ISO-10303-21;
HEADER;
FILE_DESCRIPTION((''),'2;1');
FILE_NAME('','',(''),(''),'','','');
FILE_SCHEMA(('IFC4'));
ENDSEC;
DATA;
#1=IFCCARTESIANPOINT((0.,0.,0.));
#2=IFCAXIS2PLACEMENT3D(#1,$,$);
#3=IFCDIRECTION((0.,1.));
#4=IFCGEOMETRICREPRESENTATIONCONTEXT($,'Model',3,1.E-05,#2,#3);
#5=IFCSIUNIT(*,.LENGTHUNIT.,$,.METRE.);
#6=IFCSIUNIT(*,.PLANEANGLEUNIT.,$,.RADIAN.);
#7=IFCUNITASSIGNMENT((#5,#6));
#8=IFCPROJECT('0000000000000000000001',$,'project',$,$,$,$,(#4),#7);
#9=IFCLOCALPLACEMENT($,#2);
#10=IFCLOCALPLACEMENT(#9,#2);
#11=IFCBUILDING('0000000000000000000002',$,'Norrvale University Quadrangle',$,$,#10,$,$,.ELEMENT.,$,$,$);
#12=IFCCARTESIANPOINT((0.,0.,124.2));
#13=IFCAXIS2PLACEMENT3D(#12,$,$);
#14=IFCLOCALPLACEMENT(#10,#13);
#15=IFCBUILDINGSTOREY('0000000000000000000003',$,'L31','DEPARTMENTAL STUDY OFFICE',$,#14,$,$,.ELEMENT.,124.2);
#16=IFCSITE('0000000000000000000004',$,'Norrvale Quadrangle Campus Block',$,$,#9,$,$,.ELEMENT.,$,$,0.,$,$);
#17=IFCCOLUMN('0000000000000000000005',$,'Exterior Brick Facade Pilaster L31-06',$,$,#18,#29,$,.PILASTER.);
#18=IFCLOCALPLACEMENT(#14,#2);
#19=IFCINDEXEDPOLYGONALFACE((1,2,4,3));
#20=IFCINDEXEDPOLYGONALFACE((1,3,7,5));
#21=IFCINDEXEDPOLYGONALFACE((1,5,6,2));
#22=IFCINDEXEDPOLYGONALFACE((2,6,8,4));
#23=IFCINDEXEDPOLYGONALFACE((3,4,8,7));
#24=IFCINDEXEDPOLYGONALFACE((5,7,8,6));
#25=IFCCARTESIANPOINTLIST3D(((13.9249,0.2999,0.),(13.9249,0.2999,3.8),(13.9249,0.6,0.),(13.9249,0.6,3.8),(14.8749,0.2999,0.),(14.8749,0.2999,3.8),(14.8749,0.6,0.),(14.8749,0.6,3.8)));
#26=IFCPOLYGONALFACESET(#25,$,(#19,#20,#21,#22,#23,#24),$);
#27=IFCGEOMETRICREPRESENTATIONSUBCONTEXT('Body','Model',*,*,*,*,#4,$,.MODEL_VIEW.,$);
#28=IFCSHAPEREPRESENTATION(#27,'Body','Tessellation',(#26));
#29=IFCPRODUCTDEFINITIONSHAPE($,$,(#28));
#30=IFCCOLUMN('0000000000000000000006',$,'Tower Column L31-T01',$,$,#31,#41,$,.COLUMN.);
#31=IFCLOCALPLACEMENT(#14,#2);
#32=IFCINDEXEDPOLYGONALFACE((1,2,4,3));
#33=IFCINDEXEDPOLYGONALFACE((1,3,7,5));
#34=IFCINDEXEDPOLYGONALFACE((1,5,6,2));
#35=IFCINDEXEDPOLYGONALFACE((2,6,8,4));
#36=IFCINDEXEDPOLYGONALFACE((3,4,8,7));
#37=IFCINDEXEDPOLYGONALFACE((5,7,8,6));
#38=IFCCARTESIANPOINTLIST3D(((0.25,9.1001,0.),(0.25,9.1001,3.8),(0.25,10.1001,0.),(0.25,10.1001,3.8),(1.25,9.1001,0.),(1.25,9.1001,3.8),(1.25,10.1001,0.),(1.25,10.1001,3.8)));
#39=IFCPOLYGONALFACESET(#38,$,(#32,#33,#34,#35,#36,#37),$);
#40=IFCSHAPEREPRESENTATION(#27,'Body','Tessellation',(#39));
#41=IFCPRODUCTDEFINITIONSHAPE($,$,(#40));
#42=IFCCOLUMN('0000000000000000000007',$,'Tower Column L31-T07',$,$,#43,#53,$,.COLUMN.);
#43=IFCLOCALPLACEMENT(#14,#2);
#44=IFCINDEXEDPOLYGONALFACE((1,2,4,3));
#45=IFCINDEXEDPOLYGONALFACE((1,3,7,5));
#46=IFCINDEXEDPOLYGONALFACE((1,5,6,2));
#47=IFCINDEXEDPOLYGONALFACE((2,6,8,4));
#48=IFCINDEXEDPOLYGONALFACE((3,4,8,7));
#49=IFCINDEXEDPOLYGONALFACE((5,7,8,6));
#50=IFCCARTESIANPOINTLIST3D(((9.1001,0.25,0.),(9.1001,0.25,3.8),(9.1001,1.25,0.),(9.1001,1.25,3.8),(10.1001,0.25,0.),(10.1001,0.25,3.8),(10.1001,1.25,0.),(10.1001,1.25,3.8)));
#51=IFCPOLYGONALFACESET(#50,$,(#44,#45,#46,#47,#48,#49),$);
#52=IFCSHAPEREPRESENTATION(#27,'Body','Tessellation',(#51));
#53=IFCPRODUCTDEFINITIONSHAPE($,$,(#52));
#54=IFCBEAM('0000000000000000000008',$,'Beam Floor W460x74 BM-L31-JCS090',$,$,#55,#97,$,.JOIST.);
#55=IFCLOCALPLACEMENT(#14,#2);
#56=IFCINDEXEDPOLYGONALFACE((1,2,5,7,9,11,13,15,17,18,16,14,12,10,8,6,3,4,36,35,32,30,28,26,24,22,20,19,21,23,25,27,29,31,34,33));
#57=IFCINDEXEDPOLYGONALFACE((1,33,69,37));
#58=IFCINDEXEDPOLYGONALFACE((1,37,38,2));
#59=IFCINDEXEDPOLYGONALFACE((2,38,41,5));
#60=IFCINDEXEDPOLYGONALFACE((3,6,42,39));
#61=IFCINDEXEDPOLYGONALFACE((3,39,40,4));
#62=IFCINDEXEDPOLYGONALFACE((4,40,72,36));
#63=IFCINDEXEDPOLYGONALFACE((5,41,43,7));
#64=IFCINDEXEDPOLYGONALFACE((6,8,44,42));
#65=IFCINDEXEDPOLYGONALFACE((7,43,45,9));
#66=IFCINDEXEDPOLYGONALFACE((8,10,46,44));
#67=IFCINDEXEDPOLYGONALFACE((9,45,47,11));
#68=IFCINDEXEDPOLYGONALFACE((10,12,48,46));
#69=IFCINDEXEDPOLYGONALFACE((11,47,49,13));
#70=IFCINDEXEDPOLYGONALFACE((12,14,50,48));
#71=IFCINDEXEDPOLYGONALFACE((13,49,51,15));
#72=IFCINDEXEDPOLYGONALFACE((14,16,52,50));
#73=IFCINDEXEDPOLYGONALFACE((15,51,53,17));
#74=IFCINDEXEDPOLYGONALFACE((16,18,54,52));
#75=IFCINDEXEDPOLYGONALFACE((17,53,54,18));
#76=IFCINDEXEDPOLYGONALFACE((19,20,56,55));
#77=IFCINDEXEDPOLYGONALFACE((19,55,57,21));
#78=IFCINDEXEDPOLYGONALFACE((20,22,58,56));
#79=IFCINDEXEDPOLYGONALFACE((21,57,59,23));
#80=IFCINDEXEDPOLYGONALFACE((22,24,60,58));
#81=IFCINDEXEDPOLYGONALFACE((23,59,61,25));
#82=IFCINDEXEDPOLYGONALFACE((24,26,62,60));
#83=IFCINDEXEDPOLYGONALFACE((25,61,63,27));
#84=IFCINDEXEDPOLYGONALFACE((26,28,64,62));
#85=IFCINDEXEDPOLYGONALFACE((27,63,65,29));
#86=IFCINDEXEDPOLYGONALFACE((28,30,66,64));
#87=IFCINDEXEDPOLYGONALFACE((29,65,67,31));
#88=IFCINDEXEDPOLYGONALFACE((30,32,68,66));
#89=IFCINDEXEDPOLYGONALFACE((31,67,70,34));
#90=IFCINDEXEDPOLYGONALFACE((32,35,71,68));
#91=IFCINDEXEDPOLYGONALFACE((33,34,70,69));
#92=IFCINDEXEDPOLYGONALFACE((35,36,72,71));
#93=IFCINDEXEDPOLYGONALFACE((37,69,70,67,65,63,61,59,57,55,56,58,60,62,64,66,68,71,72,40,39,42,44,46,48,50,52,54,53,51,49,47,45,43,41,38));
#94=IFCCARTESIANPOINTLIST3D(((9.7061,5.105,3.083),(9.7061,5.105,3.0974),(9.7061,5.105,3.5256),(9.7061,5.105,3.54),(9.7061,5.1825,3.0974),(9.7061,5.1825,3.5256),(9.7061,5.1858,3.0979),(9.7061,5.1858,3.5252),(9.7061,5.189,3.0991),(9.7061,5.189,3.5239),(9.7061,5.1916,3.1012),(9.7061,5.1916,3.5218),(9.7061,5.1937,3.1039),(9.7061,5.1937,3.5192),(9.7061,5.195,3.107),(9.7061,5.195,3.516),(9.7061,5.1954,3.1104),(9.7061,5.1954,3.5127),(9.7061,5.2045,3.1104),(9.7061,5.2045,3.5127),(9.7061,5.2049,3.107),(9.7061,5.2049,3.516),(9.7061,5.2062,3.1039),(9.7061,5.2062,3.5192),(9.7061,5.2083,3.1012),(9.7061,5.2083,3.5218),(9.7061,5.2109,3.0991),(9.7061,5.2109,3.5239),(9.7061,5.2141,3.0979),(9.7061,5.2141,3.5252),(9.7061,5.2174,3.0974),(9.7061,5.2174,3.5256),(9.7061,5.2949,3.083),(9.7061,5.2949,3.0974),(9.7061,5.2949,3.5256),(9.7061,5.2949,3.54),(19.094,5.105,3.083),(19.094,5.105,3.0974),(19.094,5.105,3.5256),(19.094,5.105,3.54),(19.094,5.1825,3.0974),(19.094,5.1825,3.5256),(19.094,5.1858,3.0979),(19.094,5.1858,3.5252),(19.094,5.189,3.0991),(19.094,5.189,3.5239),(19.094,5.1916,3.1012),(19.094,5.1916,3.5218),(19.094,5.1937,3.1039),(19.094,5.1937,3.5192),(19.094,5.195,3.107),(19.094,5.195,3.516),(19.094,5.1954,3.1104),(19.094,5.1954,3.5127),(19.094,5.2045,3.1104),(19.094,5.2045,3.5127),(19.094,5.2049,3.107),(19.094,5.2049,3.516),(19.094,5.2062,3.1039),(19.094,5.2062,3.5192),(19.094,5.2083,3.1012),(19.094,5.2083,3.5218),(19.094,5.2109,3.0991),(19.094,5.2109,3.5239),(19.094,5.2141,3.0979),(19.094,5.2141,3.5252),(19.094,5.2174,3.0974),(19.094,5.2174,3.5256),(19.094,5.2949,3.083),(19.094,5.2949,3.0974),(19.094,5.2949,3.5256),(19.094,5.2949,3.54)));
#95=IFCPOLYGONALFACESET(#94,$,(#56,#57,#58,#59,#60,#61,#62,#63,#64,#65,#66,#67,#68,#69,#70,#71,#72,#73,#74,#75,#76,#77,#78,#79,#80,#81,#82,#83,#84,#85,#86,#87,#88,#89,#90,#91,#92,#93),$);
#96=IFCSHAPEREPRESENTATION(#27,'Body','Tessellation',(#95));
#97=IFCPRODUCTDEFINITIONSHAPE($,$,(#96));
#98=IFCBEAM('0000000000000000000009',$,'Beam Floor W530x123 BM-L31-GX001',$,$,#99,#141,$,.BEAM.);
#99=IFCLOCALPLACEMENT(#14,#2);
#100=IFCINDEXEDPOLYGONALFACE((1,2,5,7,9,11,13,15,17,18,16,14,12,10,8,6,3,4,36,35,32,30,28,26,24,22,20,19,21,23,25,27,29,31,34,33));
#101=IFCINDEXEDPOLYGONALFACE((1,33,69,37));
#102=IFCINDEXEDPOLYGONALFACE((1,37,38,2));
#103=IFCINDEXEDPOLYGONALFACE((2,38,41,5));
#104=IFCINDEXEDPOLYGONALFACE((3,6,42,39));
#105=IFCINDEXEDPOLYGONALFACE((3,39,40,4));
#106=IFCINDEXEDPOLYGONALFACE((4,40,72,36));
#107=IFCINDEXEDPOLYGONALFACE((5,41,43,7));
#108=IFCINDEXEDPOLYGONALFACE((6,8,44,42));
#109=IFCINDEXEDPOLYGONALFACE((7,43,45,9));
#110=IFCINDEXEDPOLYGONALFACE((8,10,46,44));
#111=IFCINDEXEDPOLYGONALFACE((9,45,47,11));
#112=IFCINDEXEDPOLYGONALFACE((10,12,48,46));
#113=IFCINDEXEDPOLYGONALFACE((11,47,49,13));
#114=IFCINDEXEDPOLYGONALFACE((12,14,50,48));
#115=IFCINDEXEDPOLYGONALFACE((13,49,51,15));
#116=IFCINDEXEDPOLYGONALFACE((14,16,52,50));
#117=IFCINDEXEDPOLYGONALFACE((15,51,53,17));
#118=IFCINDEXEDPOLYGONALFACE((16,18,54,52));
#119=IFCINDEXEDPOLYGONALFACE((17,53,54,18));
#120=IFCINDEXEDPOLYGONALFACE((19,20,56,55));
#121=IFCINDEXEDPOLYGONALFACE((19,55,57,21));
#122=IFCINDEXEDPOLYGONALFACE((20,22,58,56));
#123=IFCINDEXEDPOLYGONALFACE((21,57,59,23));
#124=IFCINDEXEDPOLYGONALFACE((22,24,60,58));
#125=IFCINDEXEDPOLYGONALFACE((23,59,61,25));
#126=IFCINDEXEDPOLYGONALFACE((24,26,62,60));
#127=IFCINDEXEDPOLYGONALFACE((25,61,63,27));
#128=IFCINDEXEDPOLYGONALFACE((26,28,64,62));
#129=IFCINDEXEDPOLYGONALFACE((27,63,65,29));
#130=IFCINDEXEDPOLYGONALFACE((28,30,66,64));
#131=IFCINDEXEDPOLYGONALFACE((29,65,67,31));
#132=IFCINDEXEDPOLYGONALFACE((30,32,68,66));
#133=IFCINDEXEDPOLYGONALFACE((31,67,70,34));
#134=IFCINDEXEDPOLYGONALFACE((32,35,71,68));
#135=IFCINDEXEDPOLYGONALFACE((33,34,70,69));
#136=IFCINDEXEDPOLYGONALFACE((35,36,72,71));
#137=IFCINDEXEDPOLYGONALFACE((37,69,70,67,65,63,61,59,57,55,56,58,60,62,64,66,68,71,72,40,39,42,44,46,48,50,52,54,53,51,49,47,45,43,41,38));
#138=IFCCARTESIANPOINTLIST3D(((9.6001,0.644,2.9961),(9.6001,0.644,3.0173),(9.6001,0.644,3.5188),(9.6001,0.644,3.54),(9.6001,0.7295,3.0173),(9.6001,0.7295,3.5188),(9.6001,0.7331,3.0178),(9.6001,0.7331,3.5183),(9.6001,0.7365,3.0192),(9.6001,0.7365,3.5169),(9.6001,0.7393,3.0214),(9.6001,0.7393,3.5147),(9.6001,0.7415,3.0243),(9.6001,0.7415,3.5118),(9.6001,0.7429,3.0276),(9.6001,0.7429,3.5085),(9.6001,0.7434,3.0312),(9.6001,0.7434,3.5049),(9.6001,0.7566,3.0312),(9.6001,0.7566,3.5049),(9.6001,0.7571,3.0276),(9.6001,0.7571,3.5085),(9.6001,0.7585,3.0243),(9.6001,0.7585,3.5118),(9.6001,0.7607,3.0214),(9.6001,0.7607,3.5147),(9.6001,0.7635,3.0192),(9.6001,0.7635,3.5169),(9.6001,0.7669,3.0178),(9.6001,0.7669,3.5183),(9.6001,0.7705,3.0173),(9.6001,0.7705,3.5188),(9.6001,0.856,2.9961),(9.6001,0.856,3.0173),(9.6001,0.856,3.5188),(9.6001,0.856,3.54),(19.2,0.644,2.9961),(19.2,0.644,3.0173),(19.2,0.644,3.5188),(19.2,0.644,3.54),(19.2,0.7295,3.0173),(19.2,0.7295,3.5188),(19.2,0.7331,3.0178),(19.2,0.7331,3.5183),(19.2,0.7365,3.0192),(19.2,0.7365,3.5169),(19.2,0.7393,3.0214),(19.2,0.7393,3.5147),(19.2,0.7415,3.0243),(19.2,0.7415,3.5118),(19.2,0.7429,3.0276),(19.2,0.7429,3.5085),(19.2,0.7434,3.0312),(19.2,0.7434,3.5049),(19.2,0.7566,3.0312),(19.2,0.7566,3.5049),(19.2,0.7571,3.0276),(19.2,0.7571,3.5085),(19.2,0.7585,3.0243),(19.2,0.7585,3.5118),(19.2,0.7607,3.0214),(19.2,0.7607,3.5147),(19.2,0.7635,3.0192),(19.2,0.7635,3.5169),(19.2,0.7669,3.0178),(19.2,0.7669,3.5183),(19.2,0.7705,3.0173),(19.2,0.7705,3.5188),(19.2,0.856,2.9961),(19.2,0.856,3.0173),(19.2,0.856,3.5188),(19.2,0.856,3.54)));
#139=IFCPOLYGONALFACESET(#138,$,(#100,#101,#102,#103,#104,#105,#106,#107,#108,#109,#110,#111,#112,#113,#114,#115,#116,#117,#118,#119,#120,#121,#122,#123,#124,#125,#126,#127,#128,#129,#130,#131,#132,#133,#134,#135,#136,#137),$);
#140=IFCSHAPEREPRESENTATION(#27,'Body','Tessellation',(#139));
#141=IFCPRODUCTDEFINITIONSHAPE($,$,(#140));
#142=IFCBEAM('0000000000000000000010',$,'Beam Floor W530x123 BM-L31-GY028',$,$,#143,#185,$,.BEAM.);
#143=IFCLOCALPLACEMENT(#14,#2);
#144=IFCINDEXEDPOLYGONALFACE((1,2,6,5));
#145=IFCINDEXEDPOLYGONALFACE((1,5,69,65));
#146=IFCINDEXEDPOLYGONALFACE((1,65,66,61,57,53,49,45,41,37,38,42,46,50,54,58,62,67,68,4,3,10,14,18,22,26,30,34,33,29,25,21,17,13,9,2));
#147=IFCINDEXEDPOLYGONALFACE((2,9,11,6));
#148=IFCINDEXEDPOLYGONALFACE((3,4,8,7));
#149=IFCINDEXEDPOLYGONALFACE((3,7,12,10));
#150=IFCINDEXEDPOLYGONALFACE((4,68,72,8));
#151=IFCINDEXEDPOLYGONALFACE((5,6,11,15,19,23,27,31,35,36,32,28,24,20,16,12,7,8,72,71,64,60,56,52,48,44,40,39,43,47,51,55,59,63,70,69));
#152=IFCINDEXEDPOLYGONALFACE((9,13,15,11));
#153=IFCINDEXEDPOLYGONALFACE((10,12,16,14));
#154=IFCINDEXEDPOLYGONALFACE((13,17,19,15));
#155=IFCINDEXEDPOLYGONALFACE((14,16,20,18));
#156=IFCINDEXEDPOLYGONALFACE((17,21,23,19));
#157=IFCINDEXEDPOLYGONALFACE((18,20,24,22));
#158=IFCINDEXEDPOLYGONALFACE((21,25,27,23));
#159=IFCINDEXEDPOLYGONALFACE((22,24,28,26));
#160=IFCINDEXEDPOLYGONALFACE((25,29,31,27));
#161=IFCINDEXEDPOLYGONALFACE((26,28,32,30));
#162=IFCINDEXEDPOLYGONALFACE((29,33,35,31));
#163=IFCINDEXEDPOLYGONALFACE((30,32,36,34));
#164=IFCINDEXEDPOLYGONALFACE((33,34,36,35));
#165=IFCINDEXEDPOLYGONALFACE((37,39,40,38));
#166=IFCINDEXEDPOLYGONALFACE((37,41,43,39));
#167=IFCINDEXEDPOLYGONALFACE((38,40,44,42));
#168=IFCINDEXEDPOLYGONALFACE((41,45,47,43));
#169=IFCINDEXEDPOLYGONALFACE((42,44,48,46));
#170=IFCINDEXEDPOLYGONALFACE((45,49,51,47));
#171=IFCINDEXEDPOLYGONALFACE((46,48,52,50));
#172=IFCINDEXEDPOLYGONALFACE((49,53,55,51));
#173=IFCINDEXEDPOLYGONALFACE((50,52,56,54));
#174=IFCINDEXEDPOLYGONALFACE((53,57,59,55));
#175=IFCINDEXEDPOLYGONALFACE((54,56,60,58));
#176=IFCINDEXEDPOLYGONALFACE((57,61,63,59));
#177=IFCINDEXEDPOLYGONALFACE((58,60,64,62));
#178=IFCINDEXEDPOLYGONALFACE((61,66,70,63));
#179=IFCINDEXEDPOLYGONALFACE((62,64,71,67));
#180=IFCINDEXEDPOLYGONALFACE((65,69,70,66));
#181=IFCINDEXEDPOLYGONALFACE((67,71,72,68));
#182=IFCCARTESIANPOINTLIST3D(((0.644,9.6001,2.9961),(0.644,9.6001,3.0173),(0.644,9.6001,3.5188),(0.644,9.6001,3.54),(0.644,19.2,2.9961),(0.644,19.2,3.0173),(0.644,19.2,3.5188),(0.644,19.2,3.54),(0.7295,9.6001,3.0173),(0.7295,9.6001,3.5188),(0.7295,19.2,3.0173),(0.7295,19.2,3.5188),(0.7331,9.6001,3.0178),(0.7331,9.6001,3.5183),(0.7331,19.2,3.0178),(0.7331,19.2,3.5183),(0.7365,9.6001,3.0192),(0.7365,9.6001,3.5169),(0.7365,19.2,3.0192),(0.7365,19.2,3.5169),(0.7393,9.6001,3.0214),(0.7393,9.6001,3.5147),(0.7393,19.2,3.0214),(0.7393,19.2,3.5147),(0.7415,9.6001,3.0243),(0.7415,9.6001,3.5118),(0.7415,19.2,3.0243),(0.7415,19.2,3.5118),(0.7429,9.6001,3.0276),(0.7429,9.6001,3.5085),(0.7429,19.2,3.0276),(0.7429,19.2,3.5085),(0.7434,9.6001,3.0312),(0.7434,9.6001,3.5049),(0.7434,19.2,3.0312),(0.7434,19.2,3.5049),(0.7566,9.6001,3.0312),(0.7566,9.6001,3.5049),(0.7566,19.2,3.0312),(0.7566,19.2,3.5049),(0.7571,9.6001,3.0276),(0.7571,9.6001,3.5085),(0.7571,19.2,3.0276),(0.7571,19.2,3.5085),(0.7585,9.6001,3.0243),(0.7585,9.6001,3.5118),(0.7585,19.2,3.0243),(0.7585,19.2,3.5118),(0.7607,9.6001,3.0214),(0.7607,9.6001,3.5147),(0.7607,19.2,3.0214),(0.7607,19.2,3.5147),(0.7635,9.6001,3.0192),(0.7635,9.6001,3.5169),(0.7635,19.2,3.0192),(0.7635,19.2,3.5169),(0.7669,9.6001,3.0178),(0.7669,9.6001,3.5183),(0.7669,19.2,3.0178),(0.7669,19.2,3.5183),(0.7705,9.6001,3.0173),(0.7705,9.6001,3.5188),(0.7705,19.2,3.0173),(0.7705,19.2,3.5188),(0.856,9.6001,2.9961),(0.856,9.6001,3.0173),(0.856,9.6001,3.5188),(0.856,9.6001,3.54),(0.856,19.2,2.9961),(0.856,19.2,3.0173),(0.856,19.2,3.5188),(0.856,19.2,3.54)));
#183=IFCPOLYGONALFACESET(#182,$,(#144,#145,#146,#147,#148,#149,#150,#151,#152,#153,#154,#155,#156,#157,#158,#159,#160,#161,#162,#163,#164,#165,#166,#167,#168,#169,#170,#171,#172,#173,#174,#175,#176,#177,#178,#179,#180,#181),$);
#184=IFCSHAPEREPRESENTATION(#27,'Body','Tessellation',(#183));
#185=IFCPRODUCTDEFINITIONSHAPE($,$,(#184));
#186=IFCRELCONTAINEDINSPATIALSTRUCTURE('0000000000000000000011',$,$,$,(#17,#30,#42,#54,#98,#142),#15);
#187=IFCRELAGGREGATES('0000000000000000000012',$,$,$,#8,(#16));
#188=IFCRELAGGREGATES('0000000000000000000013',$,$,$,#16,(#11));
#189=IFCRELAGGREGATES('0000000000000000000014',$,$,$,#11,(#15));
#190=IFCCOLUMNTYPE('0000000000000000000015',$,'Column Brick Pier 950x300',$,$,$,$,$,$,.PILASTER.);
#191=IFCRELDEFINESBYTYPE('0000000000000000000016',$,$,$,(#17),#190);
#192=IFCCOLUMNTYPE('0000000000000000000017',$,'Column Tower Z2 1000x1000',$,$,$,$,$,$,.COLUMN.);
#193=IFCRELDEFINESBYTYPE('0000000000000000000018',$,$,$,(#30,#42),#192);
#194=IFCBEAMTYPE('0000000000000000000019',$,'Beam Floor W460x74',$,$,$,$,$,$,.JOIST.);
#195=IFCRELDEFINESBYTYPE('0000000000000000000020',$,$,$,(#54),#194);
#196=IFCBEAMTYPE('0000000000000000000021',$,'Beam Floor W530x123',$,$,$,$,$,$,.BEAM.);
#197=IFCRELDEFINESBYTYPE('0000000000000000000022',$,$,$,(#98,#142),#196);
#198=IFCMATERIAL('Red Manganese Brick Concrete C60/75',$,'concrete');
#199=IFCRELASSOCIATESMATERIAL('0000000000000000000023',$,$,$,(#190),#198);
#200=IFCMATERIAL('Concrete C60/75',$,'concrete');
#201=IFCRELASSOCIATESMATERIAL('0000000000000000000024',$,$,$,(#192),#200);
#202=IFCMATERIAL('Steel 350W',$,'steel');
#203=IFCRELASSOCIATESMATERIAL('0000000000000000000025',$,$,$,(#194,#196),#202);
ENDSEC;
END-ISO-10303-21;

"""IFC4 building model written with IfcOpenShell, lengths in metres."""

from ifc_helpers import new_model, si_unit, direction, frame, origin, origin_2d, place, context, subcontext, project, spatial, rectangle, i_section, extrude, material, material_profile, profile_set, type_object, element, save


model = new_model("IFC4")

# Units and contexts
model_context = context("Model", 3, precision=1e-05, world=origin(), true_north=direction((0.0, 1.0)))
body_context = subcontext(model_context, "Body", "Model", "MODEL_VIEW")
ifc_project = project(units=[si_unit("LENGTHUNIT", "METRE"), si_unit("PLANEANGLEUNIT", "RADIAN")], contexts=[model_context])

# Site, building, storey
site_placement = place(None, origin())
site = spatial("IfcSite", under=ifc_project, at=site_placement, Name="Norrvale Quadrangle Campus Block", CompositionType="ELEMENT", RefElevation=0.0)
building_placement = place(site_placement, origin())
building = spatial("IfcBuilding", under=site, at=building_placement, Name="Norrvale University Quadrangle", CompositionType="ELEMENT")
storey_placement = place(building_placement, frame((0.0, 0.0, 124.2)))
storey = spatial("IfcBuildingStorey", under=building, at=storey_placement, Name="L31", Description="DEPARTMENTAL STUDY OFFICE", CompositionType="ELEMENT", Elevation=124.2)

# Columns
ifc_material_1 = material(Name="Red Manganese Brick Concrete C60/75", Category="concrete")
ifc_material_profile_1 = material_profile(ifc_material_1, rectangle(XDim=0.95, YDim=0.3, at=origin_2d()), Name="Red Manganese Brick Concrete C60/75")
ifc_profile_set_1 = profile_set([ifc_material_profile_1], Name="Red Manganese Brick Concrete C60/75")
column_type_1 = type_object("IfcColumnType", Name="Column Brick Pier 950x300", PredefinedType="PILASTER", material=ifc_profile_set_1)
column_placement = place(storey_placement, frame((14.3999, 0.45, 0.0), z_axis=(0.0, 0.0, 1.0), x_axis=(1.0, 0.0, 0.0)))
element("IfcColumn", 1, at=column_placement, inside=storey, type_object=column_type_1, Name="Exterior Brick Facade Pilaster L31-06", PredefinedType="PILASTER", context=body_context, shape_type="SweptSolid", body=[
    extrude(rectangle(XDim=0.95, YDim=0.3, at=origin_2d()), origin(), (0.0, 0.0, 1.0), 3.8),
])
ifc_material_2 = material(Name="Concrete C60/75", Category="concrete")
ifc_material_profile_2 = material_profile(ifc_material_2, rectangle(XDim=1.0, YDim=1.0, at=origin_2d()), Name="Concrete C60/75")
ifc_profile_set_2 = profile_set([ifc_material_profile_2], Name="Concrete C60/75")
column_type_2 = type_object("IfcColumnType", Name="Column Tower Z2 1000x1000", PredefinedType="COLUMN", material=ifc_profile_set_2)
for number, where, z_axis, x_axis, name in (
    (2, (0.75, 9.6001, 0.0), (0.0, 0.0, 1.0), (1.0, 0.0, 0.0), "Tower Column L31-T01"),
    (3, (9.6001, 0.75, 0.0), (0.0, 0.0, 1.0), (1.0, 0.0, 0.0), "Tower Column L31-T07"),
):
    element("IfcColumn", number, at=place(storey_placement, frame(where, z_axis=z_axis, x_axis=x_axis)), inside=storey, type_object=column_type_2, Name=name, PredefinedType="COLUMN", context=body_context, shape_type="SweptSolid", body=[
        extrude(rectangle(XDim=1.0, YDim=1.0, at=origin_2d()), origin(), (0.0, 0.0, 1.0), 3.8),
    ])

# Beams
ifc_material_3 = material(Name="Steel 350W", Category="steel")
ifc_material_profile_3 = material_profile(ifc_material_3, i_section(OverallWidth=0.1899, OverallDepth=0.457, WebThickness=0.009, FlangeThickness=0.0144, FilletRadius=0.0129, at=origin_2d()), Name="Steel 350W")
ifc_profile_set_3 = profile_set([ifc_material_profile_3], Name="Steel 350W")
beam_type_1 = type_object("IfcBeamType", Name="Beam Floor W460x74", PredefinedType="JOIST", material=ifc_profile_set_3)
beam_1_placement = place(storey_placement, frame((9.7061, 5.2, 3.3115), z_axis=(1.0, 0.0, 0.0), x_axis=(0.0, 1.0, 0.0)))
element("IfcBeam", 4, at=beam_1_placement, inside=storey, type_object=beam_type_1, Name="Beam Floor W460x74 BM-L31-JCS090", PredefinedType="JOIST", context=body_context, shape_type="SweptSolid", body=[
    extrude(i_section(OverallWidth=0.1899, OverallDepth=0.457, WebThickness=0.009, FlangeThickness=0.0144, FilletRadius=0.0129, at=origin_2d()), origin(), (0.0, 0.0, 1.0), 9.3879),
])
ifc_material_profile_4 = material_profile(ifc_material_3, i_section(OverallWidth=0.2119, OverallDepth=0.5439, WebThickness=0.0132, FlangeThickness=0.0212, FilletRadius=0.0139, at=origin_2d()), Name="Steel 350W")
ifc_profile_set_4 = profile_set([ifc_material_profile_4], Name="Steel 350W")
beam_type_2 = type_object("IfcBeamType", Name="Beam Floor W530x123", PredefinedType="BEAM", material=ifc_profile_set_4)
for number, where, z_axis, x_axis, name in (
    (5, (9.6001, 0.75, 3.2681), (1.0, 0.0, 0.0), (0.0, 1.0, 0.0), "Beam Floor W530x123 BM-L31-GX001"),
    (6, (0.75, 9.6001, 3.2681), (0.0, 1.0, 0.0), (-1.0, 0.0, 0.0), "Beam Floor W530x123 BM-L31-GY028"),
):
    element("IfcBeam", number, at=place(storey_placement, frame(where, z_axis=z_axis, x_axis=x_axis)), inside=storey, type_object=beam_type_2, Name=name, PredefinedType="BEAM", context=body_context, shape_type="SweptSolid", body=[
        extrude(i_section(OverallWidth=0.2119, OverallDepth=0.5439, WebThickness=0.0132, FlangeThickness=0.0212, FilletRadius=0.0139, at=origin_2d()), origin(), (0.0, 0.0, 1.0), 9.5999),
    ])

save(model, "model.ifc")
